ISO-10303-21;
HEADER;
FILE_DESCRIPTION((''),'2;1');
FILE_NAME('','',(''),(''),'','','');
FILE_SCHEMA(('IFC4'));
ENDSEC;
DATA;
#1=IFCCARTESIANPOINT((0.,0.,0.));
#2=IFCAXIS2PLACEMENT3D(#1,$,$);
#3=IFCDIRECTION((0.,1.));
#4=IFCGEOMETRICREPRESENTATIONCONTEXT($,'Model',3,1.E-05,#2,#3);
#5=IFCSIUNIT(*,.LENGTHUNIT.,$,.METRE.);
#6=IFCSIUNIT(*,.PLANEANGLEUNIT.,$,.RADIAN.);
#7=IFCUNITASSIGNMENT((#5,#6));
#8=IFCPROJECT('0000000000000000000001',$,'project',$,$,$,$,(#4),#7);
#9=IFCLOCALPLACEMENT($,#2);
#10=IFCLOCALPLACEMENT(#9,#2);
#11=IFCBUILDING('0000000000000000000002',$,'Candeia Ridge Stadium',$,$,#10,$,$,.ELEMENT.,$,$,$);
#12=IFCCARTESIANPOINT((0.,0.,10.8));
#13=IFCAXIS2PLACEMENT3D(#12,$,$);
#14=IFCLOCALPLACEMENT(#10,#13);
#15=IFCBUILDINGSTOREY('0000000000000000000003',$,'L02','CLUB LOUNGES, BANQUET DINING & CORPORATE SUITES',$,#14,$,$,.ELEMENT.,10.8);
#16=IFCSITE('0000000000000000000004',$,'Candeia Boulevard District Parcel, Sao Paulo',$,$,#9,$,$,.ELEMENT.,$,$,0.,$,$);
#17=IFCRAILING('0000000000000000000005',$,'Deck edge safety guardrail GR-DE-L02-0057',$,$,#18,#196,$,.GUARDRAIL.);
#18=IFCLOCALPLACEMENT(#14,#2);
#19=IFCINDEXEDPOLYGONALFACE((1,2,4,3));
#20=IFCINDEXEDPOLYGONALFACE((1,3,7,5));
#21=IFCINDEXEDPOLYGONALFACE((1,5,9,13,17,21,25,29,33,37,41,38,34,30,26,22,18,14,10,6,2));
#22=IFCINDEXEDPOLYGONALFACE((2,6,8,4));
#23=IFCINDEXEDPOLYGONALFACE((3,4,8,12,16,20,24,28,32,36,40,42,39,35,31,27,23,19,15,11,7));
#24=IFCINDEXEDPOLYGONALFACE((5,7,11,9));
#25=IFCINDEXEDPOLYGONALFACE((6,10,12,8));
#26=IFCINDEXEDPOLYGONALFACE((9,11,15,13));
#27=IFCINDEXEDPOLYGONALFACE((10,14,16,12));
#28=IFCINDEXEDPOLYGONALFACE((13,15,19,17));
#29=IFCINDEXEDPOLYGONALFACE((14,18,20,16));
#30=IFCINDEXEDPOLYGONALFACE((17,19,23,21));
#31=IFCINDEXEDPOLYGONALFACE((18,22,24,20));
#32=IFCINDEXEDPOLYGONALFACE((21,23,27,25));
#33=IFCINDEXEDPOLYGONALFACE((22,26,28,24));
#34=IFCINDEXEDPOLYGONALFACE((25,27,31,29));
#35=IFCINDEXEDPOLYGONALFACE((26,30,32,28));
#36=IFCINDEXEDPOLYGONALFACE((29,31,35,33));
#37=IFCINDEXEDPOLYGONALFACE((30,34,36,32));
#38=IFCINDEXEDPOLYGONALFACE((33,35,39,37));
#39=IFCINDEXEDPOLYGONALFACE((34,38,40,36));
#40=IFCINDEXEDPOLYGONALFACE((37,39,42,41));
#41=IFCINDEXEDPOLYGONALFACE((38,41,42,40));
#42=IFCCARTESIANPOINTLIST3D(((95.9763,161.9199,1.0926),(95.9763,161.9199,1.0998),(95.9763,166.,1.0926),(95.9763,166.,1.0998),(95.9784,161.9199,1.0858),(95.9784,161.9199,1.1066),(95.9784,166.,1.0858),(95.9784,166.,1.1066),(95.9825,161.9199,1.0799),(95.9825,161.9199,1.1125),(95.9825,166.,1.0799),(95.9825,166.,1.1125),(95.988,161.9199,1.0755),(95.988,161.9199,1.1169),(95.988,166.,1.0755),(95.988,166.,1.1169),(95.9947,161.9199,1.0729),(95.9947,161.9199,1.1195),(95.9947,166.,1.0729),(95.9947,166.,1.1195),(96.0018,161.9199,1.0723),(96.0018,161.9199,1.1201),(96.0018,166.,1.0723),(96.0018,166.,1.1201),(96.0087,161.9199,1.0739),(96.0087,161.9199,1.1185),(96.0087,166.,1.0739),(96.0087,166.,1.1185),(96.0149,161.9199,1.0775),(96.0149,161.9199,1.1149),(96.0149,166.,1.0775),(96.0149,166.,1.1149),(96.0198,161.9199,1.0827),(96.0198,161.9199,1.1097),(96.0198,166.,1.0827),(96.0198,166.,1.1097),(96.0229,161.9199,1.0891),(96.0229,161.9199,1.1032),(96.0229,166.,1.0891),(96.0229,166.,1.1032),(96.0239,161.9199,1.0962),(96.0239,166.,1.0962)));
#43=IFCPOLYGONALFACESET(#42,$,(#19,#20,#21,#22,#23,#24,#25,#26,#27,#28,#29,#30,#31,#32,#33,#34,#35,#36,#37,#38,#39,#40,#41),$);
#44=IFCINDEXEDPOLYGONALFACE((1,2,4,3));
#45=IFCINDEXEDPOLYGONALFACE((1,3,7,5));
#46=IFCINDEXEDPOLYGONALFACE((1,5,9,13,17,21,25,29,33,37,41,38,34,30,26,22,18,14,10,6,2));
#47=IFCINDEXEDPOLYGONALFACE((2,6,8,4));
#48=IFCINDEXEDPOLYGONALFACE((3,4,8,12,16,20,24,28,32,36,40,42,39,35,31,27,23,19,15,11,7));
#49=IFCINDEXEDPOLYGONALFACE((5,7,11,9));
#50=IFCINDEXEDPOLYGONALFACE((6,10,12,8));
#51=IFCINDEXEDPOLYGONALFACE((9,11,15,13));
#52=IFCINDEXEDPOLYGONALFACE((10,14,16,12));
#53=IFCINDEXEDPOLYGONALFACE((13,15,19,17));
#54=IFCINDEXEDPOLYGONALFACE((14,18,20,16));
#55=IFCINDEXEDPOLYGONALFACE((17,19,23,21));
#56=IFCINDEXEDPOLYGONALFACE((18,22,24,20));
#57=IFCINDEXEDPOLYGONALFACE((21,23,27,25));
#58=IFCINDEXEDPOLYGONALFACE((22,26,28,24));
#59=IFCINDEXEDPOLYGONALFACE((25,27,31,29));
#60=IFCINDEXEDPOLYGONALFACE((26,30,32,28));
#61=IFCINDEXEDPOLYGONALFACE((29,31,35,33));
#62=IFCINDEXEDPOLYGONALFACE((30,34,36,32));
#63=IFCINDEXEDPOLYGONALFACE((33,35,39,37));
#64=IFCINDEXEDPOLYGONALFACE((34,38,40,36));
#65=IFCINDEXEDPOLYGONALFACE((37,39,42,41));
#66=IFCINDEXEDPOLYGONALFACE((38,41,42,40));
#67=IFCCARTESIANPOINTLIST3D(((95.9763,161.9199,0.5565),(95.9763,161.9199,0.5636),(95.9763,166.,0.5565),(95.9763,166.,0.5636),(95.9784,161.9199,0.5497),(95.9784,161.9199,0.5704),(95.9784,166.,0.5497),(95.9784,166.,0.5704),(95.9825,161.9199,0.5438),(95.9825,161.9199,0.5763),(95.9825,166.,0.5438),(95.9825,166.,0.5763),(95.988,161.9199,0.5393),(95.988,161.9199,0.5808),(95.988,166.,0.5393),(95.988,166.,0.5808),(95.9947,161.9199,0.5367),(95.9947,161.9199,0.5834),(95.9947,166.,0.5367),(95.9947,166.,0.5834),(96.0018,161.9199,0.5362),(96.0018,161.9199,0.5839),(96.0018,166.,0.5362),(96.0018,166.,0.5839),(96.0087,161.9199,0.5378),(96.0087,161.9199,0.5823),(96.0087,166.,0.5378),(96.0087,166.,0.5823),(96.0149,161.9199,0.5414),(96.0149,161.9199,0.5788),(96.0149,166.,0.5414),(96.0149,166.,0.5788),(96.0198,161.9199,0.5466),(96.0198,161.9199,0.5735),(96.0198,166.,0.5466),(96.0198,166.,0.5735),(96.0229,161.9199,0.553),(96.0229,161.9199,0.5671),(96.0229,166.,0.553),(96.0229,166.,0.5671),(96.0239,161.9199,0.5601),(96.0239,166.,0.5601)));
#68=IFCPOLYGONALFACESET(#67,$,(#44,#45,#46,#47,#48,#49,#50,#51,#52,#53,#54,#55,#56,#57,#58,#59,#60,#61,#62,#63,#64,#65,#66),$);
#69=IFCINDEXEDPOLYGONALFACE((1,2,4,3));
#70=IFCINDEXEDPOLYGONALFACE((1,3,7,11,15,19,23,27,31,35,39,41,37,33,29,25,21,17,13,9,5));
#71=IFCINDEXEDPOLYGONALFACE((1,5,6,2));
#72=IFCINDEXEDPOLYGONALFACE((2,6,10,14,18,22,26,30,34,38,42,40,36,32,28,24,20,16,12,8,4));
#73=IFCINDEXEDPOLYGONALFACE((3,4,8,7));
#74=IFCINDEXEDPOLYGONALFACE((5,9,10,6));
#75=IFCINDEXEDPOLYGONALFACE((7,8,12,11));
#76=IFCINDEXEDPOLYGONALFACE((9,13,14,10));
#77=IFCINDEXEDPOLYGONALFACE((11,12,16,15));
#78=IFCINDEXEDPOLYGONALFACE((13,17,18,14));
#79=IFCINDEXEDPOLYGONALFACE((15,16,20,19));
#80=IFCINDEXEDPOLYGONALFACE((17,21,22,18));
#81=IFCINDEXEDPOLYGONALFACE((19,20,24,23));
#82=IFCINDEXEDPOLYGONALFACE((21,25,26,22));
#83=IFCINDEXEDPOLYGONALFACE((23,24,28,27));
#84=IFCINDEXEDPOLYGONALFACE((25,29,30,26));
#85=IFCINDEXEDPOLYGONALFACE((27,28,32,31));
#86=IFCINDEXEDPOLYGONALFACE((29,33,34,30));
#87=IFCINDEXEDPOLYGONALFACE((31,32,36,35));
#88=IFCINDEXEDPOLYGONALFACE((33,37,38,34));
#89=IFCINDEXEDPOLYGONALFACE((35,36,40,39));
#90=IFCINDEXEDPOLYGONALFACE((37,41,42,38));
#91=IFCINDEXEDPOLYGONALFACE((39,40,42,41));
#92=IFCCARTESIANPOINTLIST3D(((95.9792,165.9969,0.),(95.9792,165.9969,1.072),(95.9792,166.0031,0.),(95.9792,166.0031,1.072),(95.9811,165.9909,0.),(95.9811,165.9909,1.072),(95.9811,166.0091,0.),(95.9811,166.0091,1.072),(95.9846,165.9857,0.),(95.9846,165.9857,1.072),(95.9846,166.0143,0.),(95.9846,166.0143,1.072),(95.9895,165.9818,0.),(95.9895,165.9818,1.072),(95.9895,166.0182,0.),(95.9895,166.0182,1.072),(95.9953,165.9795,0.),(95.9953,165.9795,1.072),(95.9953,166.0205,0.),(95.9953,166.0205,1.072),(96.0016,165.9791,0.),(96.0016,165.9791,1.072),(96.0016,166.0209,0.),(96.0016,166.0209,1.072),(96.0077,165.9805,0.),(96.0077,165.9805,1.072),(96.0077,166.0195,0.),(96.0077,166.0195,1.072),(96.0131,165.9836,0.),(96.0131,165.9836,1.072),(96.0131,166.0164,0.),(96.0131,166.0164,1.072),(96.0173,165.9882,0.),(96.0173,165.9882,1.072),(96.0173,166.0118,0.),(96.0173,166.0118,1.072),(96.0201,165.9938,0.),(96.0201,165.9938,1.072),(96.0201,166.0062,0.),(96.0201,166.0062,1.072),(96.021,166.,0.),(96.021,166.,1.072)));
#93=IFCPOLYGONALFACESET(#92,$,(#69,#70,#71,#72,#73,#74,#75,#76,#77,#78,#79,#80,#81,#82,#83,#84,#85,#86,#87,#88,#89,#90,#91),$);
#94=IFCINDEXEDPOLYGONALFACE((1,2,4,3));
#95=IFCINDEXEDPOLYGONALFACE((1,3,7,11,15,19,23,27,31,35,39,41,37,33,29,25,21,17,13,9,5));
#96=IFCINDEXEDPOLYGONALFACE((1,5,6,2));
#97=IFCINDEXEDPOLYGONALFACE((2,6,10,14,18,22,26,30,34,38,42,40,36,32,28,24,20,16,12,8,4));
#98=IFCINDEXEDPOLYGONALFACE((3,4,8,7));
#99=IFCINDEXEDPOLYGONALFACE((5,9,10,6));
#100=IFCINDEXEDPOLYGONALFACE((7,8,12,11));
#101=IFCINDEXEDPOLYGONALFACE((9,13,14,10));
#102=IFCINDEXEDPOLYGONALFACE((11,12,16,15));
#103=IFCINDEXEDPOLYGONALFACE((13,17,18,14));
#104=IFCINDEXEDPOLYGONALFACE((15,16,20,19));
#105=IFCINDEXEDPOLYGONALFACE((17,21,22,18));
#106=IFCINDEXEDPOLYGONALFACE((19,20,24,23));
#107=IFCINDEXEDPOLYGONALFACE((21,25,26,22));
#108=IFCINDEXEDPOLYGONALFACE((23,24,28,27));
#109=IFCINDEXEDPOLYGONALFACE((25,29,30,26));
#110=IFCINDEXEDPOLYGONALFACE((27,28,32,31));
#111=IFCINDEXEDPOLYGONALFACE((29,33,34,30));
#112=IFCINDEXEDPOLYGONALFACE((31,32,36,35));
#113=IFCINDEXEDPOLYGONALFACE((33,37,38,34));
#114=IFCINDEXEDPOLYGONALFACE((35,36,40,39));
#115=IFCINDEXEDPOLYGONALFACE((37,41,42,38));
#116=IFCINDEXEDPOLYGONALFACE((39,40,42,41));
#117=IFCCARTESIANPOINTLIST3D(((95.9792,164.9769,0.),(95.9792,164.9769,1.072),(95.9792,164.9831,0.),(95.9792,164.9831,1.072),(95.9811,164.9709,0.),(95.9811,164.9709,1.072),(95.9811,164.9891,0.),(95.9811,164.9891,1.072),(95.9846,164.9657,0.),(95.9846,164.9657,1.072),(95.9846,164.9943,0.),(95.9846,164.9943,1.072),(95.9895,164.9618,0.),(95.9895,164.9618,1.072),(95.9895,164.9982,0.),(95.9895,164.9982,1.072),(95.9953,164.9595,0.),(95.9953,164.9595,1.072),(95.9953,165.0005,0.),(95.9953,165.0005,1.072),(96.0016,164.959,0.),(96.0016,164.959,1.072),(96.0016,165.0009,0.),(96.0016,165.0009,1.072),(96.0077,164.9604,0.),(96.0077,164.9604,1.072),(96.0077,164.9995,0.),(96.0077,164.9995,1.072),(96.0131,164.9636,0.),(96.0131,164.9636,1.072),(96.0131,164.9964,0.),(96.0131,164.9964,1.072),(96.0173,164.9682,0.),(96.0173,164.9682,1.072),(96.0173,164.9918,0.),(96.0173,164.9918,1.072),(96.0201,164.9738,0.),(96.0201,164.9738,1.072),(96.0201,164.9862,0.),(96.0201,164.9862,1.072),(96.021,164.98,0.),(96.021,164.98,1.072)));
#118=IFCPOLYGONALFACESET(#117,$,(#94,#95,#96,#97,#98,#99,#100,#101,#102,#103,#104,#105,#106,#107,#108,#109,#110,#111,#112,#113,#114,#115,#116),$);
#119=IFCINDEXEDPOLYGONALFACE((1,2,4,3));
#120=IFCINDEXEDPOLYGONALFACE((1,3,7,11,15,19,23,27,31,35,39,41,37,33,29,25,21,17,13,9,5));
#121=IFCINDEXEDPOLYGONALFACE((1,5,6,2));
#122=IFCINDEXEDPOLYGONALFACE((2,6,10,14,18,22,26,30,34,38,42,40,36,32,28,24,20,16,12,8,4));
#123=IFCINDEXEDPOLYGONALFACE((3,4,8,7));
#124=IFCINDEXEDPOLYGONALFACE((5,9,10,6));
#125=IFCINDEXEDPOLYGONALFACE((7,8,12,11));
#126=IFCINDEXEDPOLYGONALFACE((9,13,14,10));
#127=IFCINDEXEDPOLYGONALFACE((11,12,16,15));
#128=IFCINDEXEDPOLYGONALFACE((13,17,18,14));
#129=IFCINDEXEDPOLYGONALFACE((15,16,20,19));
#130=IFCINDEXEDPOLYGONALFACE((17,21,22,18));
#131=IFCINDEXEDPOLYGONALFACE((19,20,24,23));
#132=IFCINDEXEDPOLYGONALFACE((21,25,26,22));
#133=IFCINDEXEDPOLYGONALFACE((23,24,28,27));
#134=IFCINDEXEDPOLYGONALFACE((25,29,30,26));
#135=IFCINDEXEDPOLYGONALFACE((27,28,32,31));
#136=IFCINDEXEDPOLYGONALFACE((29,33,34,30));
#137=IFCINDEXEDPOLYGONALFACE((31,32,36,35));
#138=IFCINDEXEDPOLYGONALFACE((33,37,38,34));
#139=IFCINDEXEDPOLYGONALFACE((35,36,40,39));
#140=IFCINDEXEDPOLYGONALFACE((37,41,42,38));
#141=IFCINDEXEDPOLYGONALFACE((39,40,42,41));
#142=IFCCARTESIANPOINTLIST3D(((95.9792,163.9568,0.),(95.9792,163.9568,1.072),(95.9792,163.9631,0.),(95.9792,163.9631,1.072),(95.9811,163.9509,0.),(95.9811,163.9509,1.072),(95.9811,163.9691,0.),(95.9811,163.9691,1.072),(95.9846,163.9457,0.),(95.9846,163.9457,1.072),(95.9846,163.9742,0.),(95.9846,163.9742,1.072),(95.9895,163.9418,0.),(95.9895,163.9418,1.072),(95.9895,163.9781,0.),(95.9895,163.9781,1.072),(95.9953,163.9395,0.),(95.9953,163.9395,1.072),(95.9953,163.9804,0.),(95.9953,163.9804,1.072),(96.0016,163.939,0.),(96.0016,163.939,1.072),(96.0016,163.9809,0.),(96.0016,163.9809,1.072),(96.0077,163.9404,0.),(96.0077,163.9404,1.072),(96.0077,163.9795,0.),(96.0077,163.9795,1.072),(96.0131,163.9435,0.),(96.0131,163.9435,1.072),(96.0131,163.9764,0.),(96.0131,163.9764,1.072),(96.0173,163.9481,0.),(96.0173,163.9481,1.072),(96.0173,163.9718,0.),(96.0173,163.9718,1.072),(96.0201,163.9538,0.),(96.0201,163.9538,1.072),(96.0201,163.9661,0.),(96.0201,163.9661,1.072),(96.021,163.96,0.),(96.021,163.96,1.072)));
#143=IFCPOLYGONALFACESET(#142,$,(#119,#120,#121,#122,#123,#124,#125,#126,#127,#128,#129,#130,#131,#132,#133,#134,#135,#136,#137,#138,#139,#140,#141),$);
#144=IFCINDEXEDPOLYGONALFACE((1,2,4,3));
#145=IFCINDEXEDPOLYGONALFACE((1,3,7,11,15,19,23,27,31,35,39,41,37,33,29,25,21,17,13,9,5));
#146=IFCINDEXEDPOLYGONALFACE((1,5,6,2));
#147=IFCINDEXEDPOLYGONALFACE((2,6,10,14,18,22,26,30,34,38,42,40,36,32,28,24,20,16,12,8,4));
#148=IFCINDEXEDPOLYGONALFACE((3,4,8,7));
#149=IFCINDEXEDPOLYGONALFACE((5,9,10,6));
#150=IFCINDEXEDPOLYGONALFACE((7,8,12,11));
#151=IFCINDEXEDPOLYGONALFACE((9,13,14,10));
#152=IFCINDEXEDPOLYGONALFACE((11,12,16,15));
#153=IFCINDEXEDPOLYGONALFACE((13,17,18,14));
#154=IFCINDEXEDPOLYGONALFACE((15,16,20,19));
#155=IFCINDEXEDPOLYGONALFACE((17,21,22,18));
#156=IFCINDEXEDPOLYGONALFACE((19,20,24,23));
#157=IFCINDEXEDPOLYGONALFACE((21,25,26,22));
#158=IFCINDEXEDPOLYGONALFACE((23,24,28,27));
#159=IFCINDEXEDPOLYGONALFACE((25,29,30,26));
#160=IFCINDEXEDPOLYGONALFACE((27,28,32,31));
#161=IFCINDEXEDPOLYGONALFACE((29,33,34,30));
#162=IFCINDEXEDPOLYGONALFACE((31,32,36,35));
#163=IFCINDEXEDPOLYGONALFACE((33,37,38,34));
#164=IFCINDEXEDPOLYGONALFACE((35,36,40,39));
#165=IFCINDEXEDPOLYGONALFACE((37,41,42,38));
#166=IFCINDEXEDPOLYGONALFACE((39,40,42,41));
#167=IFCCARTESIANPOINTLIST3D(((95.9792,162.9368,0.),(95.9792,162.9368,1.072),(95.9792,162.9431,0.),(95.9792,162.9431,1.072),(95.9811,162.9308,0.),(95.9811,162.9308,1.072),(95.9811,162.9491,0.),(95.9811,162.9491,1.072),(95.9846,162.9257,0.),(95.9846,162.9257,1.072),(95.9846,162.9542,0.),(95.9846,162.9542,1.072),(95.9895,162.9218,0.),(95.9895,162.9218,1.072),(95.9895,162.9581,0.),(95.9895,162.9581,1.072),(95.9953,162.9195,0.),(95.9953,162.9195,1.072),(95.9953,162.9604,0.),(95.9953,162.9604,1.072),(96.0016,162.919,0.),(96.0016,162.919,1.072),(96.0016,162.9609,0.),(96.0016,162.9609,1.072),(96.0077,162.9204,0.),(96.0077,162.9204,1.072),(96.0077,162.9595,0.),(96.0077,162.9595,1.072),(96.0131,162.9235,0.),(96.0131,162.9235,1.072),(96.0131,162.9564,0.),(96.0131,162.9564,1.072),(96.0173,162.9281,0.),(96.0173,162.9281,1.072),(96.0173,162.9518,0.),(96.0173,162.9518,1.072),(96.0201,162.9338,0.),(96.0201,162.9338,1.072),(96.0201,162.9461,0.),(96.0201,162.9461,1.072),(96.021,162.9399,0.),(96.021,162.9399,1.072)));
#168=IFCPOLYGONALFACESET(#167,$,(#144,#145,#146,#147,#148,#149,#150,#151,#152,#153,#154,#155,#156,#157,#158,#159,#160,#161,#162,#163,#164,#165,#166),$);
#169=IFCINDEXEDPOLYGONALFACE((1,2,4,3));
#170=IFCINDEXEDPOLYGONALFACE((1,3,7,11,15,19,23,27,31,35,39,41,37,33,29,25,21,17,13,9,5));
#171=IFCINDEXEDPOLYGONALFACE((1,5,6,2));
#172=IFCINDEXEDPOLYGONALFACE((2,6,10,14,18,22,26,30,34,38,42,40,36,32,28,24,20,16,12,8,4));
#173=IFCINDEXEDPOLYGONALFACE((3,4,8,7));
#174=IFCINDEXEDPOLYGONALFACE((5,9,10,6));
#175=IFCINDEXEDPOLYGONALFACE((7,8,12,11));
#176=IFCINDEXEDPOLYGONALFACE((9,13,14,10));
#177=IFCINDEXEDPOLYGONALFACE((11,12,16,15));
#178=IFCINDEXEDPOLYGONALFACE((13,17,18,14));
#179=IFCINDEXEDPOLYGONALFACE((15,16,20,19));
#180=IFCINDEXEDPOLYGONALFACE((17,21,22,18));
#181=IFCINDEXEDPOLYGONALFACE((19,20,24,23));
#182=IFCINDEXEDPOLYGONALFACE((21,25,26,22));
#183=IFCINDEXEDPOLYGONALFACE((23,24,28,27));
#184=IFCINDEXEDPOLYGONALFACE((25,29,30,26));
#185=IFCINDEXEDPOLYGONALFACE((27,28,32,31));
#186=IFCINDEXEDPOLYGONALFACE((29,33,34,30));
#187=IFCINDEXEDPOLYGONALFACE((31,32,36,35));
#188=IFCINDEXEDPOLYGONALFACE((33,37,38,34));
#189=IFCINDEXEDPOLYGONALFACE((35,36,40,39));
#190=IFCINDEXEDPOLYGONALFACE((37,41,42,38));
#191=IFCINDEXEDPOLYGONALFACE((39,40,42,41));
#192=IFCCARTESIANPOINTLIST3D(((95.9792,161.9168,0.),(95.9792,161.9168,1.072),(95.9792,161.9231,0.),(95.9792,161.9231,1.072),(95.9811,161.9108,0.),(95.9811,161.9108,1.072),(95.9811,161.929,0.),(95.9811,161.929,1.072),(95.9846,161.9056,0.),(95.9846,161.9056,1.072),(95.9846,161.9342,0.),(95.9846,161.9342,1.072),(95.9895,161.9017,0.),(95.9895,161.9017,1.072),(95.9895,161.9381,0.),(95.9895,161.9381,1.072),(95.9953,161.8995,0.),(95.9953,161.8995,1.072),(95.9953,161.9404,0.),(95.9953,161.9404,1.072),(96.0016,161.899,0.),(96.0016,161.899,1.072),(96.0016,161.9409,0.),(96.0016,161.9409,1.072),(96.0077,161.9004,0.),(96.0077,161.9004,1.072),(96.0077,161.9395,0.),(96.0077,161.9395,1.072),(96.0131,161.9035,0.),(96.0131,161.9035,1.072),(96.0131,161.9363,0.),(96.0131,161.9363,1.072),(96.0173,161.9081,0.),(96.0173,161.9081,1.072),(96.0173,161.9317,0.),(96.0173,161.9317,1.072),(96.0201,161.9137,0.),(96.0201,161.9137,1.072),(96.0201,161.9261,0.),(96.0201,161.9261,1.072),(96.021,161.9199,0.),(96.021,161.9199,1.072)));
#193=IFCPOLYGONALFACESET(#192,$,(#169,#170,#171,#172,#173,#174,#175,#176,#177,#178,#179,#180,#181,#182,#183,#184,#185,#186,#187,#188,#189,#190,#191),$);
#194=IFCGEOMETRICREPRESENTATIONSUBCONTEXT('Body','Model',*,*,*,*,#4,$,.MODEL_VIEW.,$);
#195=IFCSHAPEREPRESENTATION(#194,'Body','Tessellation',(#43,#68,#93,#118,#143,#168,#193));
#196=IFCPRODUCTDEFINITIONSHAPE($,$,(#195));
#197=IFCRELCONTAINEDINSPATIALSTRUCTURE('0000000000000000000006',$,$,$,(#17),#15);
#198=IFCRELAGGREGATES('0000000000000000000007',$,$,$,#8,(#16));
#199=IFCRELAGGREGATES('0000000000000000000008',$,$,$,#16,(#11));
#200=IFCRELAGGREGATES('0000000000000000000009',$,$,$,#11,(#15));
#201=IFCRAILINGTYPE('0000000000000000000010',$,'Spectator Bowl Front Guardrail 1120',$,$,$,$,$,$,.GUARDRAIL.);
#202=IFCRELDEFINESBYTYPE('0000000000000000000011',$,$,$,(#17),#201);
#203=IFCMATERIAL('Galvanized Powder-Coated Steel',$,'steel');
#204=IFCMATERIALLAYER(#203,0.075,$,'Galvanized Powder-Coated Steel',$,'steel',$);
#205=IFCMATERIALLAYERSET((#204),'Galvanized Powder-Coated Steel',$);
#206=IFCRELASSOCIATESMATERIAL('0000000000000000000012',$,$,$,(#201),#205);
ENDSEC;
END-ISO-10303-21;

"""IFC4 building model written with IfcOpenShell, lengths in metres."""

from ifc_helpers import new_model, si_unit, direction, frame, origin, origin_2d, place, context, subcontext, project, spatial, circle, extrude, material, layer, layer_set, type_object, element, save


model = new_model("IFC4")

# Units and contexts
model_context = context("Model", 3, precision=1e-05, world=origin(), true_north=direction((0.0, 1.0)))
body_context = subcontext(model_context, "Body", "Model", "MODEL_VIEW")
ifc_project = project(units=[si_unit("LENGTHUNIT", "METRE"), si_unit("PLANEANGLEUNIT", "RADIAN")], contexts=[model_context])

# Site, building, storey
site_placement = place(None, origin())
site = spatial("IfcSite", under=ifc_project, at=site_placement, Name="Candeia Boulevard District Parcel, Sao Paulo", CompositionType="ELEMENT", RefElevation=0.0)
building_placement = place(site_placement, origin())
building = spatial("IfcBuilding", under=site, at=building_placement, Name="Candeia Ridge Stadium", CompositionType="ELEMENT")
storey_placement = place(building_placement, frame((0.0, 0.0, 10.8)))
storey = spatial("IfcBuildingStorey", under=building, at=storey_placement, Name="L02", Description="CLUB LOUNGES, BANQUET DINING & CORPORATE SUITES", CompositionType="ELEMENT", Elevation=10.8)

# Railing
ifc_material_1 = material(Name="Galvanized Powder-Coated Steel", Category="steel")
ifc_layer_1 = layer(ifc_material_1, 0.075, Name="Galvanized Powder-Coated Steel", Category="steel")
ifc_layer_set_1 = layer_set([ifc_layer_1], Name="Galvanized Powder-Coated Steel")
railing_type = type_object("IfcRailingType", Name="Spectator Bowl Front Guardrail 1120", PredefinedType="GUARDRAIL", material=ifc_layer_set_1)
railing_1_placement = place(storey_placement, frame((96.0, 166.0, 0.0)))
element("IfcRailing", 1, at=railing_1_placement, inside=storey, type_object=railing_type, Name="Deck edge safety guardrail GR-DE-L02-0057", PredefinedType="GUARDRAIL", context=body_context, shape_type="SweptSolid", body=[
    extrude(circle(Radius=0.0239, at=origin_2d()), frame((0.0, 0.0, 1.0962), z_axis=(0.0, -1.0, 0.0), x_axis=(1.0, 0.0, 0.0)), (0.0, 0.0, 1.0), 4.0801),
    extrude(circle(Radius=0.0239, at=origin_2d()), frame((0.0, 0.0, 0.5601), z_axis=(0.0, -1.0, 0.0), x_axis=(1.0, 0.0, 0.0)), (0.0, 0.0, 1.0), 4.0801),
    extrude(circle(Radius=0.021, at=origin_2d()), origin(), (0.0, 0.0, 1.0), 1.072),
    extrude(circle(Radius=0.021, at=origin_2d()), frame((0.0, -1.02, 0.0)), (0.0, 0.0, 1.0), 1.072),
    extrude(circle(Radius=0.021, at=origin_2d()), frame((0.0, -2.04, 0.0)), (0.0, 0.0, 1.0), 1.072),
    extrude(circle(Radius=0.021, at=origin_2d()), frame((0.0, -3.0601, 0.0)), (0.0, 0.0, 1.0), 1.072),
    extrude(circle(Radius=0.021, at=origin_2d()), frame((0.0, -4.0801, 0.0)), (0.0, 0.0, 1.0), 1.072),
])

save(model, "model.ifc")
